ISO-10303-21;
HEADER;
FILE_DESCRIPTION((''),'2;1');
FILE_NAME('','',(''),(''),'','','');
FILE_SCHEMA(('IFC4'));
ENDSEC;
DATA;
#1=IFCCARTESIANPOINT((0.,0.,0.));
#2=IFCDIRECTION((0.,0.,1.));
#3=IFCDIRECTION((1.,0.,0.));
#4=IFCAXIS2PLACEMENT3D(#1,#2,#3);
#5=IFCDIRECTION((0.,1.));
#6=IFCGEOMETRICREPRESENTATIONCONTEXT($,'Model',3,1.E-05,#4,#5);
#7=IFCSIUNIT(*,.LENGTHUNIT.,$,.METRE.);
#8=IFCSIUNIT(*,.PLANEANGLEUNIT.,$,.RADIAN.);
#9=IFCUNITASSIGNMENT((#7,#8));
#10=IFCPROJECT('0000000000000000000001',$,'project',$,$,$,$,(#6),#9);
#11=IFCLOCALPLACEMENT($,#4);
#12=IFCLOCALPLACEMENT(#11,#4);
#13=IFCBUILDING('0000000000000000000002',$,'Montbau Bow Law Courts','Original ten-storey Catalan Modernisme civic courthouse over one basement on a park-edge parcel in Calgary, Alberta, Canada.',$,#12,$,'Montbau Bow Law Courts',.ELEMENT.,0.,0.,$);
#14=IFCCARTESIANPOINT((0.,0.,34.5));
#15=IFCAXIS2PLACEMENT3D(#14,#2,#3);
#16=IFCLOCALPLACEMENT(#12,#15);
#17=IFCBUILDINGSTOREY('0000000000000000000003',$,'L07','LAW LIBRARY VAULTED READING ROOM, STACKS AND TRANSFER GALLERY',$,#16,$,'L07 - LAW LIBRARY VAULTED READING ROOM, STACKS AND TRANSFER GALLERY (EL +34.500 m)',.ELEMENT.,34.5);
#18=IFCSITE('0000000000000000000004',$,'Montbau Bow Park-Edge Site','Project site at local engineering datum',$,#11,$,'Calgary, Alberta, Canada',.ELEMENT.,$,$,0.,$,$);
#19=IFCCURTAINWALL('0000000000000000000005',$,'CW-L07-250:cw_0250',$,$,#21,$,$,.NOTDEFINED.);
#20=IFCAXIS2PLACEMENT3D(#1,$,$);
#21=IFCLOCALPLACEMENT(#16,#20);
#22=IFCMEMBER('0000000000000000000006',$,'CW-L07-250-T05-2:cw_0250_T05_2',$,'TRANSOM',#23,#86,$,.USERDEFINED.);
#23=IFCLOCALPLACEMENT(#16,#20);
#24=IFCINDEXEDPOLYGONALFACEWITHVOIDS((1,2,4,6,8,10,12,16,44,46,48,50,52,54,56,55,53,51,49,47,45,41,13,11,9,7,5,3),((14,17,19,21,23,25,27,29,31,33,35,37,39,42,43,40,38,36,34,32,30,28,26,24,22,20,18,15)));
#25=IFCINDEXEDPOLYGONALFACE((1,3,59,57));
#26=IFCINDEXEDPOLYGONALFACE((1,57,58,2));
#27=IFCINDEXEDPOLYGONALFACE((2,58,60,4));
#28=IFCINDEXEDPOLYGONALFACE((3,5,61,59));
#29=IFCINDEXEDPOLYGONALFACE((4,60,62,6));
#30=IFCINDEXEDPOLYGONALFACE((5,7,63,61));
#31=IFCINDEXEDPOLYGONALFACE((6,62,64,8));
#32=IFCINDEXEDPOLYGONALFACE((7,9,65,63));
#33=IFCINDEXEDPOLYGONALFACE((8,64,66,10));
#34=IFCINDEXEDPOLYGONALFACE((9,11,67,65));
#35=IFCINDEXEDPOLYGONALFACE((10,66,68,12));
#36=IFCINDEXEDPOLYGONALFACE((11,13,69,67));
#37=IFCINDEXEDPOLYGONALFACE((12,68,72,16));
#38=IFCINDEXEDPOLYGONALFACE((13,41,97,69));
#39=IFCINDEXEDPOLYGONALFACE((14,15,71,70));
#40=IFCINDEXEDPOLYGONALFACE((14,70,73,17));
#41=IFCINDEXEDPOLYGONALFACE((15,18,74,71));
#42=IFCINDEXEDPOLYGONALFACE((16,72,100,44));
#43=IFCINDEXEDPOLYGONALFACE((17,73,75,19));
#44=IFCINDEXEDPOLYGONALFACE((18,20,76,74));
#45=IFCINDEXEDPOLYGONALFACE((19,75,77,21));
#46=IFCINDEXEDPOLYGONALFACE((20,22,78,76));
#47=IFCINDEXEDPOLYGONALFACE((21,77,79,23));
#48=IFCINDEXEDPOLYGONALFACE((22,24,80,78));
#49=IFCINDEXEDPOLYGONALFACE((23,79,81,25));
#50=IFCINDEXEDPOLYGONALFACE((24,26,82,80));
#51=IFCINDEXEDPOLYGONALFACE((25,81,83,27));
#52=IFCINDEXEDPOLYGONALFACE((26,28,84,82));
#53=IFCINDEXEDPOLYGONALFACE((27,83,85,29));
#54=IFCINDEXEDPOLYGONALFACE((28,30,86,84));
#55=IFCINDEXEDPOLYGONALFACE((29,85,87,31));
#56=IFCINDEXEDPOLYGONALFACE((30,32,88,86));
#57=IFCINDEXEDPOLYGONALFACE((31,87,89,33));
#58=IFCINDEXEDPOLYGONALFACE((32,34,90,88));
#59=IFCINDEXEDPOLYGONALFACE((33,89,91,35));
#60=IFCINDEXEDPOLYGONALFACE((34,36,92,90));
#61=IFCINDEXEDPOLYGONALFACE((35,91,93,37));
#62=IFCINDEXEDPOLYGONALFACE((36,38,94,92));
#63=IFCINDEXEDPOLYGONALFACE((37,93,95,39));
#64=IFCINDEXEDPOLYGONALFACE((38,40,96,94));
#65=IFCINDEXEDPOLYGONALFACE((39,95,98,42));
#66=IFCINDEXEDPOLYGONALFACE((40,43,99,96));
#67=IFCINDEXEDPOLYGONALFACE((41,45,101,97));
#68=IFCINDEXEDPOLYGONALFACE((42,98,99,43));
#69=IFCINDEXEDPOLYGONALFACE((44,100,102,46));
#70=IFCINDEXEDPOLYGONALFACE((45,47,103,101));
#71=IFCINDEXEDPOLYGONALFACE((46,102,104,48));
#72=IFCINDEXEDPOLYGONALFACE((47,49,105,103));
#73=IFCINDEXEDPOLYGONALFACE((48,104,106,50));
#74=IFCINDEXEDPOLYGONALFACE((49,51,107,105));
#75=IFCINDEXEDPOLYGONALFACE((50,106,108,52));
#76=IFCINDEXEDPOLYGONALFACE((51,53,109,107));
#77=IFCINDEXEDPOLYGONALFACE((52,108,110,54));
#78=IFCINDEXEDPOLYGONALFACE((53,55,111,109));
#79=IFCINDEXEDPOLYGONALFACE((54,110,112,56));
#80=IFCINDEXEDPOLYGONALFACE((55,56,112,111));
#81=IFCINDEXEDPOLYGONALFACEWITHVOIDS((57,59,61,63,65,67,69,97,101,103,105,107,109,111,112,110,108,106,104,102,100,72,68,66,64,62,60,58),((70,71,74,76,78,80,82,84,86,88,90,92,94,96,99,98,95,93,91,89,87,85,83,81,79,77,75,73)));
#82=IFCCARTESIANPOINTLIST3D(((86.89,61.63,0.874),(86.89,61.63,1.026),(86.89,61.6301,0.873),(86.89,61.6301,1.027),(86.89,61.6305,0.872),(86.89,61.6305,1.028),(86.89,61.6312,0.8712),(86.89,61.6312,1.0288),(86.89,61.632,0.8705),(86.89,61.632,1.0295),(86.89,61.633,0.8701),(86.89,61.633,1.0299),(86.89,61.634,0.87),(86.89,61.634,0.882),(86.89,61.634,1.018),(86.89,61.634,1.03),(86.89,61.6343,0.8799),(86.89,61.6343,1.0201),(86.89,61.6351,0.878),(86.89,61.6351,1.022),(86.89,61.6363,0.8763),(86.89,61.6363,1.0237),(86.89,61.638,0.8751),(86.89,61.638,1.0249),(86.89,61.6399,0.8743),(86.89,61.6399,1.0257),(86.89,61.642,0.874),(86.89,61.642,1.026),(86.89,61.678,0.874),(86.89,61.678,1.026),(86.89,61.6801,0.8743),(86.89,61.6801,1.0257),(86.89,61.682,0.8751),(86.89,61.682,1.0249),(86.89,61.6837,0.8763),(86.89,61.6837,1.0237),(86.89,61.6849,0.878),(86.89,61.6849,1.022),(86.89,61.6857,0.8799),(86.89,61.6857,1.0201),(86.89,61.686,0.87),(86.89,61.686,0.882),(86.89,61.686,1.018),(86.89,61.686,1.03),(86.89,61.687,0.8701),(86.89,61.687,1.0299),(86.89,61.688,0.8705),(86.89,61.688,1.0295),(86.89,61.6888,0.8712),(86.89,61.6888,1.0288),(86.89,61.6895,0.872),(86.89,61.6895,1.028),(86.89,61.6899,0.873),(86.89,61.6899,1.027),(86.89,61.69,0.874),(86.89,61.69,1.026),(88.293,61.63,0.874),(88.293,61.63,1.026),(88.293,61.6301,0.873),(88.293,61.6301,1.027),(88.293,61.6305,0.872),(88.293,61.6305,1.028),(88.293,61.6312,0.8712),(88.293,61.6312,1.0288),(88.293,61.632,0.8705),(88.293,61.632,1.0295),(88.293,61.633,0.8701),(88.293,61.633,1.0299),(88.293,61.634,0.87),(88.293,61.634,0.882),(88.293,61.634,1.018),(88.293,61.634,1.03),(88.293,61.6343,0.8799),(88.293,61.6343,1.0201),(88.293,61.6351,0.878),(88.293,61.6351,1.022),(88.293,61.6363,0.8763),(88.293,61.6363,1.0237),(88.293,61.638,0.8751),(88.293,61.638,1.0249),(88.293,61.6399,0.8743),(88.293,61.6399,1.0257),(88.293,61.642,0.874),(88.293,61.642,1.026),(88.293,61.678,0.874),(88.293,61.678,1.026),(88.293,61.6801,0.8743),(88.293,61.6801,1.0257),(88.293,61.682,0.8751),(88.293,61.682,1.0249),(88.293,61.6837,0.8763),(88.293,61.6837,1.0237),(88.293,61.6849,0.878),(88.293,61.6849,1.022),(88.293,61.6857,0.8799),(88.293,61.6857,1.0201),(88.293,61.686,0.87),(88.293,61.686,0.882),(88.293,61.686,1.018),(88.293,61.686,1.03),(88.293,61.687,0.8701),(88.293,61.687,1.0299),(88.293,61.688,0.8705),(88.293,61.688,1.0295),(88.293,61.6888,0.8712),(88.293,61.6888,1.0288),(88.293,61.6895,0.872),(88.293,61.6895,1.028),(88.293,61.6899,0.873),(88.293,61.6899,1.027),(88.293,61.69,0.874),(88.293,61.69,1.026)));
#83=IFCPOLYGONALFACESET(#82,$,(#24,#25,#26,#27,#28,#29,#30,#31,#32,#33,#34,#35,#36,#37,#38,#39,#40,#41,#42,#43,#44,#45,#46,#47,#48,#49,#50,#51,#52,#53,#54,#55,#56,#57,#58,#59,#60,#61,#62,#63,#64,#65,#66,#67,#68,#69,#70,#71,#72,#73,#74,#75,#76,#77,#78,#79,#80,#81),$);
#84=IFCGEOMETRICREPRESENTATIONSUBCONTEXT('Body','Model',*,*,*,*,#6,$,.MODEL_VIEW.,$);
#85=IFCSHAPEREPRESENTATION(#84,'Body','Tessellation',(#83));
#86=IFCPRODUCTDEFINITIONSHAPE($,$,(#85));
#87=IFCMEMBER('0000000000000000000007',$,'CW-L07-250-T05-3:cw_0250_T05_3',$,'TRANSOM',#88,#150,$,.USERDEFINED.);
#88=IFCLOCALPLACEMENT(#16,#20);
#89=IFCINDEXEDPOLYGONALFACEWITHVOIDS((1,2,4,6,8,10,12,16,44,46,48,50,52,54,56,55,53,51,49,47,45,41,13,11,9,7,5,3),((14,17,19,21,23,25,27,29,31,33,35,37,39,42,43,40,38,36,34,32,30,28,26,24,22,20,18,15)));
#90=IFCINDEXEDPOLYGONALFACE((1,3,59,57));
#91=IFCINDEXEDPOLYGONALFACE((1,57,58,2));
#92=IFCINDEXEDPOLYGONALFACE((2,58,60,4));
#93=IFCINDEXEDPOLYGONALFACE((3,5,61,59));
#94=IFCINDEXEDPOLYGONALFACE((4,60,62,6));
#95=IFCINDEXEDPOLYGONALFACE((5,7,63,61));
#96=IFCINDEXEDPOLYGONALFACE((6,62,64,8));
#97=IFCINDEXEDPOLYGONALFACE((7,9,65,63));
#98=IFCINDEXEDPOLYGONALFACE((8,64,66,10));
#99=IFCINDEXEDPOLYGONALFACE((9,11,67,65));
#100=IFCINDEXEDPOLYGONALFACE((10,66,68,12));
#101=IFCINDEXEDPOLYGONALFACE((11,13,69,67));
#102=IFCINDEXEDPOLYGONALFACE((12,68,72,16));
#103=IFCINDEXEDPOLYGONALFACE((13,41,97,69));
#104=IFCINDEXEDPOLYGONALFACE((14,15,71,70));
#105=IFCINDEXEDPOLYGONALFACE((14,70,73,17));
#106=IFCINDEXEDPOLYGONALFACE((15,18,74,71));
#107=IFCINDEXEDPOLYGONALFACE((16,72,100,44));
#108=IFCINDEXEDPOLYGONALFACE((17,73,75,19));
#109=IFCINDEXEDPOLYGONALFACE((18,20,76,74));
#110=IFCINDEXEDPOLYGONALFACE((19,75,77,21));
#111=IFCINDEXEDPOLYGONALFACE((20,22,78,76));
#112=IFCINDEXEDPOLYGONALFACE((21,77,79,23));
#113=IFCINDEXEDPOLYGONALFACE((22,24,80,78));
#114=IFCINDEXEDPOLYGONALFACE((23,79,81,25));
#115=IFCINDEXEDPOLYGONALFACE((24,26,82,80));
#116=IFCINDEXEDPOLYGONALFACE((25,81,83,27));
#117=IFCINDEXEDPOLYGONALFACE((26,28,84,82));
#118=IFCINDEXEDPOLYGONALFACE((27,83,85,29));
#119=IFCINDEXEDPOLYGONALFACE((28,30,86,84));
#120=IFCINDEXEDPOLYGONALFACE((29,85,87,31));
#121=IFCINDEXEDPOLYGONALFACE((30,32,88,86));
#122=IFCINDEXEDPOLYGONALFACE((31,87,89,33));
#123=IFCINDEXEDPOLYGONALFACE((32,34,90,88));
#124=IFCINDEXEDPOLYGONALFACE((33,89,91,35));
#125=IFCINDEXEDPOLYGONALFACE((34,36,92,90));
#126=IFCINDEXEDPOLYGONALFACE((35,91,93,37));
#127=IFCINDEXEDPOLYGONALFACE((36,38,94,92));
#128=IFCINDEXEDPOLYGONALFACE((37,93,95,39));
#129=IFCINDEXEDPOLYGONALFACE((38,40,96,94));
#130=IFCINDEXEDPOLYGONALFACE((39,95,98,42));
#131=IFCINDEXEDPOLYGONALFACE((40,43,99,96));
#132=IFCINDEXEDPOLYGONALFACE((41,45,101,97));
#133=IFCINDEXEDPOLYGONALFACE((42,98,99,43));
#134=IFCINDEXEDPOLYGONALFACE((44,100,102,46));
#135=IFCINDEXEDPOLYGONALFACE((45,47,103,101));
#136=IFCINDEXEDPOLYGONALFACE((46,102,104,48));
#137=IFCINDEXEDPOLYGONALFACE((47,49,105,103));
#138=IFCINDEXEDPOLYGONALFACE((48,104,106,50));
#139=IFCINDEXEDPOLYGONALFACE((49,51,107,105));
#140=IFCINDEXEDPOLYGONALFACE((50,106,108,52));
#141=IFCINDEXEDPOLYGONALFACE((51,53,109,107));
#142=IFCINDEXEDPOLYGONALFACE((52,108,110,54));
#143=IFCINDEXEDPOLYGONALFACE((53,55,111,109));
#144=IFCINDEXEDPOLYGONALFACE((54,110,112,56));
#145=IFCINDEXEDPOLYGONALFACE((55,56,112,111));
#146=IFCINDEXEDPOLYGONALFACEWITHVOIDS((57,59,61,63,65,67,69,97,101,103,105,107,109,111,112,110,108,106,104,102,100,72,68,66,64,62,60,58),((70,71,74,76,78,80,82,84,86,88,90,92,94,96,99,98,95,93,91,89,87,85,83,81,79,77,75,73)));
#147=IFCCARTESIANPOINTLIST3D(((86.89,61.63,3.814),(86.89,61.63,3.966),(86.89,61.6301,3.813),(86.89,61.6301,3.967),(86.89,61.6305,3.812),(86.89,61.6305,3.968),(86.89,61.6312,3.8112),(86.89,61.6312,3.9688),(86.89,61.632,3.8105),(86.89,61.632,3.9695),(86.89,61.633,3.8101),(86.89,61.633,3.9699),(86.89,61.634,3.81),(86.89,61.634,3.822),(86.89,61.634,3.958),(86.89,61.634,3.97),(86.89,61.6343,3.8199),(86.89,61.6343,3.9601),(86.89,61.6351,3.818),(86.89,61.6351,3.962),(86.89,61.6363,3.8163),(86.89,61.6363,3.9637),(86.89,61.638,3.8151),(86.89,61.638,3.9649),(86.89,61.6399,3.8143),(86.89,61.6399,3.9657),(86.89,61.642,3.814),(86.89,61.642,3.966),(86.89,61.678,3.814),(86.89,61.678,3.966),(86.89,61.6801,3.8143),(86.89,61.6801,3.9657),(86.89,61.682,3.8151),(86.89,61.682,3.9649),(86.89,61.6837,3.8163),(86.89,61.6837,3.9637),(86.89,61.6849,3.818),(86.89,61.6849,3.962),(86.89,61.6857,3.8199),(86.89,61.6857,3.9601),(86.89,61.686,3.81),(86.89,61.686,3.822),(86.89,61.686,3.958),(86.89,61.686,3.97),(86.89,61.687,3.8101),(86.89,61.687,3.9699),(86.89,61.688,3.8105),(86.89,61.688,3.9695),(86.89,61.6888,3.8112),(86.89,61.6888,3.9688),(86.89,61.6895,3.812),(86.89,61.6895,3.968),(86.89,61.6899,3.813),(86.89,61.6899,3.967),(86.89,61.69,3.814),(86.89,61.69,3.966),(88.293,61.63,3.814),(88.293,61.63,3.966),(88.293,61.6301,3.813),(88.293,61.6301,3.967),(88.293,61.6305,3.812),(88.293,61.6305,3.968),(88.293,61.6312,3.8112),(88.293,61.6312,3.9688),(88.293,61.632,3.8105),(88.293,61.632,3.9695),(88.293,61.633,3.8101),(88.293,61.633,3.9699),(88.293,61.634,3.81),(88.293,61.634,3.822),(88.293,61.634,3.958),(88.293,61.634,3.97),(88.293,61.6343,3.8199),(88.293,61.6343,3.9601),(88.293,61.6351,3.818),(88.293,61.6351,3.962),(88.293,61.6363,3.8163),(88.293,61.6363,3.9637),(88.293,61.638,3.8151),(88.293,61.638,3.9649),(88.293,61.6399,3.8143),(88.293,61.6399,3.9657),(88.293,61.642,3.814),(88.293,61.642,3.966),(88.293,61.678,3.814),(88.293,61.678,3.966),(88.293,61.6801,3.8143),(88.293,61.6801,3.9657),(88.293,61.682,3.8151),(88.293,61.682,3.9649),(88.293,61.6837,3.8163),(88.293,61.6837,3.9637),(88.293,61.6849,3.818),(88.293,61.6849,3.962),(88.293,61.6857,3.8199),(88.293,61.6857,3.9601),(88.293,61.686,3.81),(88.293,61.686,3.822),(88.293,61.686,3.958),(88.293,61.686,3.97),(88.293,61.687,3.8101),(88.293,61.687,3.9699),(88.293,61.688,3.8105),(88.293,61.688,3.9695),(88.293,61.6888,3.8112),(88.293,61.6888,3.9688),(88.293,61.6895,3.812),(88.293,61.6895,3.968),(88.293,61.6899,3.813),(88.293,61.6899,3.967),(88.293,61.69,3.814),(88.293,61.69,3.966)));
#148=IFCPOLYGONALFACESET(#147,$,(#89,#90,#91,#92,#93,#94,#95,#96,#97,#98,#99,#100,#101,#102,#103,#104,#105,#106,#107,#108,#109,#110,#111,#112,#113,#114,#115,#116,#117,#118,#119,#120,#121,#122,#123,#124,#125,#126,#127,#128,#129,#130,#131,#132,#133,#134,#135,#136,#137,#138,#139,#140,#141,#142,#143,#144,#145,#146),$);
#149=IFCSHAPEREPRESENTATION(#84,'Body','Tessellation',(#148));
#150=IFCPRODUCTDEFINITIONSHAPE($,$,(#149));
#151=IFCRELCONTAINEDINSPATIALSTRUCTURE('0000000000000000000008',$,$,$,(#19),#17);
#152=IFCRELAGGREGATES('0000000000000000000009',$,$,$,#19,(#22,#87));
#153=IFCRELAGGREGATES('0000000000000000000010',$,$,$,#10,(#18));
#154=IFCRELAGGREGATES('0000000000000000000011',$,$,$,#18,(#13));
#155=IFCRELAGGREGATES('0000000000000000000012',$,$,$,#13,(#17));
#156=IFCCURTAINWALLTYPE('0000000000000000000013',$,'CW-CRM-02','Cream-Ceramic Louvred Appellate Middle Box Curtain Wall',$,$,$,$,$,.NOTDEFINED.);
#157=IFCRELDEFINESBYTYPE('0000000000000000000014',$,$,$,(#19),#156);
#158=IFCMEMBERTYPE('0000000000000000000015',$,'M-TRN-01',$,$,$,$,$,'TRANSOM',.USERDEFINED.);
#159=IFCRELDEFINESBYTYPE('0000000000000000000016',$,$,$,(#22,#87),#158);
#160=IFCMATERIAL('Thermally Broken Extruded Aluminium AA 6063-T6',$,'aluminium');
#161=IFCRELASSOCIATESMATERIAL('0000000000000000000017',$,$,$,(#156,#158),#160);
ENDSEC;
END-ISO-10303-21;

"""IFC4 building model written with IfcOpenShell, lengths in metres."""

from ifc_helpers import new_model, si_unit, direction, frame, origin_with_axes, origin_2d_with_axis, place, context, subcontext, project, spatial, hollow_rectangle, extrude, material, material_profile, profile_set, type_object, element, aggregate, save


model = new_model("IFC4")

# Units and contexts
model_context = context("Model", 3, precision=1e-05, world=origin_with_axes(), true_north=direction((0.0, 1.0)))
body_context = subcontext(model_context, "Body", "Model", "MODEL_VIEW")
ifc_project = project(units=[si_unit("LENGTHUNIT", "METRE"), si_unit("PLANEANGLEUNIT", "RADIAN")], contexts=[model_context])

# Site, building, storey
site_placement = place(None, origin_with_axes())
site = spatial("IfcSite", under=ifc_project, at=site_placement, Name="Montbau Bow Park-Edge Site", Description="Project site at local engineering datum", LongName="Calgary, Alberta, Canada", CompositionType="ELEMENT", RefElevation=0.0)
building_placement = place(site_placement, origin_with_axes())
building = spatial("IfcBuilding", under=site, at=building_placement, Name="Montbau Bow Law Courts", Description="Original ten-storey Catalan Modernisme civic courthouse over one basement on a park-edge parcel in Calgary, Alberta, Canada.", LongName="Montbau Bow Law Courts", CompositionType="ELEMENT", ElevationOfRefHeight=0.0, ElevationOfTerrain=0.0)
storey_placement = place(building_placement, frame((0.0, 0.0, 34.5), z_axis=(0.0, 0.0, 1.0), x_axis=(1.0, 0.0, 0.0)))
storey = spatial("IfcBuildingStorey", under=building, at=storey_placement, Name="L07", Description="LAW LIBRARY VAULTED READING ROOM, STACKS AND TRANSFER GALLERY", LongName="L07 - LAW LIBRARY VAULTED READING ROOM, STACKS AND TRANSFER GALLERY (EL +34.500 m)", CompositionType="ELEMENT", Elevation=34.5)

# Curtain wall
ifc_material_1 = material(Name="Thermally Broken Extruded Aluminium AA 6063-T6", Category="aluminium")
curtain_wall_type = type_object("IfcCurtainWallType", Name="CW-CRM-02", Description="Cream-Ceramic Louvred Appellate Middle Box Curtain Wall", PredefinedType="NOTDEFINED", material=ifc_material_1)
curtain_wall_1_placement = place(None, frame((80.84, 61.66, 34.5), z_axis=(0.0, 0.0, 1.0), x_axis=(1.0, 0.0, 0.0)))
curtain_wall_1 = element("IfcCurtainWall", 1, at=curtain_wall_1_placement, inside=storey, type_object=curtain_wall_type, Name="CW-L07-250:cw_0250", PredefinedType="NOTDEFINED")

# Members
ifc_material_profile_1 = material_profile(ifc_material_1, hollow_rectangle(XDim=0.06, YDim=0.16, WallThickness=0.004, InnerFilletRadius=0.008, OuterFilletRadius=0.004, at=origin_2d_with_axis()), Name="CWT-160X60", Category="Main", Priority=0)
ifc_profile_set_1 = profile_set([ifc_material_profile_1], Name="Thermally Broken Extruded Aluminium AA 6063-T6")
member_type_1 = type_object("IfcMemberType", Name="M-TRN-01", ElementType="TRANSOM", PredefinedType="USERDEFINED", material=ifc_profile_set_1)
member_1_placement = place(None, frame((86.89, 61.66, 35.45), z_axis=(1.0, 0.0, 0.0), x_axis=(0.0, 1.0, 0.0)))
member_1 = element("IfcMember", 2, at=member_1_placement, type_object=member_type_1, Name="CW-L07-250-T05-2:cw_0250_T05_2", ObjectType="TRANSOM", PredefinedType="USERDEFINED", context=body_context, shape_type="SweptSolid", body=[
    extrude(hollow_rectangle(XDim=0.06, YDim=0.16, WallThickness=0.004, InnerFilletRadius=0.008, OuterFilletRadius=0.004, at=origin_2d_with_axis()), origin_with_axes(), (0.0, 0.0, 1.0), 1.403),
])
member_2_placement = place(None, frame((86.89, 61.66, 38.39), z_axis=(1.0, 0.0, 0.0), x_axis=(0.0, 1.0, 0.0)))
member_2 = element("IfcMember", 3, at=member_2_placement, type_object=member_type_1, Name="CW-L07-250-T05-3:cw_0250_T05_3", ObjectType="TRANSOM", PredefinedType="USERDEFINED", context=body_context, shape_type="SweptSolid", body=[
    extrude(hollow_rectangle(XDim=0.06, YDim=0.16, WallThickness=0.004, InnerFilletRadius=0.008, OuterFilletRadius=0.004, at=origin_2d_with_axis()), origin_with_axes(), (0.0, 0.0, 1.0), 1.403),
])

aggregate(curtain_wall_1, [member_1, member_2])

save(model, "model.ifc")
